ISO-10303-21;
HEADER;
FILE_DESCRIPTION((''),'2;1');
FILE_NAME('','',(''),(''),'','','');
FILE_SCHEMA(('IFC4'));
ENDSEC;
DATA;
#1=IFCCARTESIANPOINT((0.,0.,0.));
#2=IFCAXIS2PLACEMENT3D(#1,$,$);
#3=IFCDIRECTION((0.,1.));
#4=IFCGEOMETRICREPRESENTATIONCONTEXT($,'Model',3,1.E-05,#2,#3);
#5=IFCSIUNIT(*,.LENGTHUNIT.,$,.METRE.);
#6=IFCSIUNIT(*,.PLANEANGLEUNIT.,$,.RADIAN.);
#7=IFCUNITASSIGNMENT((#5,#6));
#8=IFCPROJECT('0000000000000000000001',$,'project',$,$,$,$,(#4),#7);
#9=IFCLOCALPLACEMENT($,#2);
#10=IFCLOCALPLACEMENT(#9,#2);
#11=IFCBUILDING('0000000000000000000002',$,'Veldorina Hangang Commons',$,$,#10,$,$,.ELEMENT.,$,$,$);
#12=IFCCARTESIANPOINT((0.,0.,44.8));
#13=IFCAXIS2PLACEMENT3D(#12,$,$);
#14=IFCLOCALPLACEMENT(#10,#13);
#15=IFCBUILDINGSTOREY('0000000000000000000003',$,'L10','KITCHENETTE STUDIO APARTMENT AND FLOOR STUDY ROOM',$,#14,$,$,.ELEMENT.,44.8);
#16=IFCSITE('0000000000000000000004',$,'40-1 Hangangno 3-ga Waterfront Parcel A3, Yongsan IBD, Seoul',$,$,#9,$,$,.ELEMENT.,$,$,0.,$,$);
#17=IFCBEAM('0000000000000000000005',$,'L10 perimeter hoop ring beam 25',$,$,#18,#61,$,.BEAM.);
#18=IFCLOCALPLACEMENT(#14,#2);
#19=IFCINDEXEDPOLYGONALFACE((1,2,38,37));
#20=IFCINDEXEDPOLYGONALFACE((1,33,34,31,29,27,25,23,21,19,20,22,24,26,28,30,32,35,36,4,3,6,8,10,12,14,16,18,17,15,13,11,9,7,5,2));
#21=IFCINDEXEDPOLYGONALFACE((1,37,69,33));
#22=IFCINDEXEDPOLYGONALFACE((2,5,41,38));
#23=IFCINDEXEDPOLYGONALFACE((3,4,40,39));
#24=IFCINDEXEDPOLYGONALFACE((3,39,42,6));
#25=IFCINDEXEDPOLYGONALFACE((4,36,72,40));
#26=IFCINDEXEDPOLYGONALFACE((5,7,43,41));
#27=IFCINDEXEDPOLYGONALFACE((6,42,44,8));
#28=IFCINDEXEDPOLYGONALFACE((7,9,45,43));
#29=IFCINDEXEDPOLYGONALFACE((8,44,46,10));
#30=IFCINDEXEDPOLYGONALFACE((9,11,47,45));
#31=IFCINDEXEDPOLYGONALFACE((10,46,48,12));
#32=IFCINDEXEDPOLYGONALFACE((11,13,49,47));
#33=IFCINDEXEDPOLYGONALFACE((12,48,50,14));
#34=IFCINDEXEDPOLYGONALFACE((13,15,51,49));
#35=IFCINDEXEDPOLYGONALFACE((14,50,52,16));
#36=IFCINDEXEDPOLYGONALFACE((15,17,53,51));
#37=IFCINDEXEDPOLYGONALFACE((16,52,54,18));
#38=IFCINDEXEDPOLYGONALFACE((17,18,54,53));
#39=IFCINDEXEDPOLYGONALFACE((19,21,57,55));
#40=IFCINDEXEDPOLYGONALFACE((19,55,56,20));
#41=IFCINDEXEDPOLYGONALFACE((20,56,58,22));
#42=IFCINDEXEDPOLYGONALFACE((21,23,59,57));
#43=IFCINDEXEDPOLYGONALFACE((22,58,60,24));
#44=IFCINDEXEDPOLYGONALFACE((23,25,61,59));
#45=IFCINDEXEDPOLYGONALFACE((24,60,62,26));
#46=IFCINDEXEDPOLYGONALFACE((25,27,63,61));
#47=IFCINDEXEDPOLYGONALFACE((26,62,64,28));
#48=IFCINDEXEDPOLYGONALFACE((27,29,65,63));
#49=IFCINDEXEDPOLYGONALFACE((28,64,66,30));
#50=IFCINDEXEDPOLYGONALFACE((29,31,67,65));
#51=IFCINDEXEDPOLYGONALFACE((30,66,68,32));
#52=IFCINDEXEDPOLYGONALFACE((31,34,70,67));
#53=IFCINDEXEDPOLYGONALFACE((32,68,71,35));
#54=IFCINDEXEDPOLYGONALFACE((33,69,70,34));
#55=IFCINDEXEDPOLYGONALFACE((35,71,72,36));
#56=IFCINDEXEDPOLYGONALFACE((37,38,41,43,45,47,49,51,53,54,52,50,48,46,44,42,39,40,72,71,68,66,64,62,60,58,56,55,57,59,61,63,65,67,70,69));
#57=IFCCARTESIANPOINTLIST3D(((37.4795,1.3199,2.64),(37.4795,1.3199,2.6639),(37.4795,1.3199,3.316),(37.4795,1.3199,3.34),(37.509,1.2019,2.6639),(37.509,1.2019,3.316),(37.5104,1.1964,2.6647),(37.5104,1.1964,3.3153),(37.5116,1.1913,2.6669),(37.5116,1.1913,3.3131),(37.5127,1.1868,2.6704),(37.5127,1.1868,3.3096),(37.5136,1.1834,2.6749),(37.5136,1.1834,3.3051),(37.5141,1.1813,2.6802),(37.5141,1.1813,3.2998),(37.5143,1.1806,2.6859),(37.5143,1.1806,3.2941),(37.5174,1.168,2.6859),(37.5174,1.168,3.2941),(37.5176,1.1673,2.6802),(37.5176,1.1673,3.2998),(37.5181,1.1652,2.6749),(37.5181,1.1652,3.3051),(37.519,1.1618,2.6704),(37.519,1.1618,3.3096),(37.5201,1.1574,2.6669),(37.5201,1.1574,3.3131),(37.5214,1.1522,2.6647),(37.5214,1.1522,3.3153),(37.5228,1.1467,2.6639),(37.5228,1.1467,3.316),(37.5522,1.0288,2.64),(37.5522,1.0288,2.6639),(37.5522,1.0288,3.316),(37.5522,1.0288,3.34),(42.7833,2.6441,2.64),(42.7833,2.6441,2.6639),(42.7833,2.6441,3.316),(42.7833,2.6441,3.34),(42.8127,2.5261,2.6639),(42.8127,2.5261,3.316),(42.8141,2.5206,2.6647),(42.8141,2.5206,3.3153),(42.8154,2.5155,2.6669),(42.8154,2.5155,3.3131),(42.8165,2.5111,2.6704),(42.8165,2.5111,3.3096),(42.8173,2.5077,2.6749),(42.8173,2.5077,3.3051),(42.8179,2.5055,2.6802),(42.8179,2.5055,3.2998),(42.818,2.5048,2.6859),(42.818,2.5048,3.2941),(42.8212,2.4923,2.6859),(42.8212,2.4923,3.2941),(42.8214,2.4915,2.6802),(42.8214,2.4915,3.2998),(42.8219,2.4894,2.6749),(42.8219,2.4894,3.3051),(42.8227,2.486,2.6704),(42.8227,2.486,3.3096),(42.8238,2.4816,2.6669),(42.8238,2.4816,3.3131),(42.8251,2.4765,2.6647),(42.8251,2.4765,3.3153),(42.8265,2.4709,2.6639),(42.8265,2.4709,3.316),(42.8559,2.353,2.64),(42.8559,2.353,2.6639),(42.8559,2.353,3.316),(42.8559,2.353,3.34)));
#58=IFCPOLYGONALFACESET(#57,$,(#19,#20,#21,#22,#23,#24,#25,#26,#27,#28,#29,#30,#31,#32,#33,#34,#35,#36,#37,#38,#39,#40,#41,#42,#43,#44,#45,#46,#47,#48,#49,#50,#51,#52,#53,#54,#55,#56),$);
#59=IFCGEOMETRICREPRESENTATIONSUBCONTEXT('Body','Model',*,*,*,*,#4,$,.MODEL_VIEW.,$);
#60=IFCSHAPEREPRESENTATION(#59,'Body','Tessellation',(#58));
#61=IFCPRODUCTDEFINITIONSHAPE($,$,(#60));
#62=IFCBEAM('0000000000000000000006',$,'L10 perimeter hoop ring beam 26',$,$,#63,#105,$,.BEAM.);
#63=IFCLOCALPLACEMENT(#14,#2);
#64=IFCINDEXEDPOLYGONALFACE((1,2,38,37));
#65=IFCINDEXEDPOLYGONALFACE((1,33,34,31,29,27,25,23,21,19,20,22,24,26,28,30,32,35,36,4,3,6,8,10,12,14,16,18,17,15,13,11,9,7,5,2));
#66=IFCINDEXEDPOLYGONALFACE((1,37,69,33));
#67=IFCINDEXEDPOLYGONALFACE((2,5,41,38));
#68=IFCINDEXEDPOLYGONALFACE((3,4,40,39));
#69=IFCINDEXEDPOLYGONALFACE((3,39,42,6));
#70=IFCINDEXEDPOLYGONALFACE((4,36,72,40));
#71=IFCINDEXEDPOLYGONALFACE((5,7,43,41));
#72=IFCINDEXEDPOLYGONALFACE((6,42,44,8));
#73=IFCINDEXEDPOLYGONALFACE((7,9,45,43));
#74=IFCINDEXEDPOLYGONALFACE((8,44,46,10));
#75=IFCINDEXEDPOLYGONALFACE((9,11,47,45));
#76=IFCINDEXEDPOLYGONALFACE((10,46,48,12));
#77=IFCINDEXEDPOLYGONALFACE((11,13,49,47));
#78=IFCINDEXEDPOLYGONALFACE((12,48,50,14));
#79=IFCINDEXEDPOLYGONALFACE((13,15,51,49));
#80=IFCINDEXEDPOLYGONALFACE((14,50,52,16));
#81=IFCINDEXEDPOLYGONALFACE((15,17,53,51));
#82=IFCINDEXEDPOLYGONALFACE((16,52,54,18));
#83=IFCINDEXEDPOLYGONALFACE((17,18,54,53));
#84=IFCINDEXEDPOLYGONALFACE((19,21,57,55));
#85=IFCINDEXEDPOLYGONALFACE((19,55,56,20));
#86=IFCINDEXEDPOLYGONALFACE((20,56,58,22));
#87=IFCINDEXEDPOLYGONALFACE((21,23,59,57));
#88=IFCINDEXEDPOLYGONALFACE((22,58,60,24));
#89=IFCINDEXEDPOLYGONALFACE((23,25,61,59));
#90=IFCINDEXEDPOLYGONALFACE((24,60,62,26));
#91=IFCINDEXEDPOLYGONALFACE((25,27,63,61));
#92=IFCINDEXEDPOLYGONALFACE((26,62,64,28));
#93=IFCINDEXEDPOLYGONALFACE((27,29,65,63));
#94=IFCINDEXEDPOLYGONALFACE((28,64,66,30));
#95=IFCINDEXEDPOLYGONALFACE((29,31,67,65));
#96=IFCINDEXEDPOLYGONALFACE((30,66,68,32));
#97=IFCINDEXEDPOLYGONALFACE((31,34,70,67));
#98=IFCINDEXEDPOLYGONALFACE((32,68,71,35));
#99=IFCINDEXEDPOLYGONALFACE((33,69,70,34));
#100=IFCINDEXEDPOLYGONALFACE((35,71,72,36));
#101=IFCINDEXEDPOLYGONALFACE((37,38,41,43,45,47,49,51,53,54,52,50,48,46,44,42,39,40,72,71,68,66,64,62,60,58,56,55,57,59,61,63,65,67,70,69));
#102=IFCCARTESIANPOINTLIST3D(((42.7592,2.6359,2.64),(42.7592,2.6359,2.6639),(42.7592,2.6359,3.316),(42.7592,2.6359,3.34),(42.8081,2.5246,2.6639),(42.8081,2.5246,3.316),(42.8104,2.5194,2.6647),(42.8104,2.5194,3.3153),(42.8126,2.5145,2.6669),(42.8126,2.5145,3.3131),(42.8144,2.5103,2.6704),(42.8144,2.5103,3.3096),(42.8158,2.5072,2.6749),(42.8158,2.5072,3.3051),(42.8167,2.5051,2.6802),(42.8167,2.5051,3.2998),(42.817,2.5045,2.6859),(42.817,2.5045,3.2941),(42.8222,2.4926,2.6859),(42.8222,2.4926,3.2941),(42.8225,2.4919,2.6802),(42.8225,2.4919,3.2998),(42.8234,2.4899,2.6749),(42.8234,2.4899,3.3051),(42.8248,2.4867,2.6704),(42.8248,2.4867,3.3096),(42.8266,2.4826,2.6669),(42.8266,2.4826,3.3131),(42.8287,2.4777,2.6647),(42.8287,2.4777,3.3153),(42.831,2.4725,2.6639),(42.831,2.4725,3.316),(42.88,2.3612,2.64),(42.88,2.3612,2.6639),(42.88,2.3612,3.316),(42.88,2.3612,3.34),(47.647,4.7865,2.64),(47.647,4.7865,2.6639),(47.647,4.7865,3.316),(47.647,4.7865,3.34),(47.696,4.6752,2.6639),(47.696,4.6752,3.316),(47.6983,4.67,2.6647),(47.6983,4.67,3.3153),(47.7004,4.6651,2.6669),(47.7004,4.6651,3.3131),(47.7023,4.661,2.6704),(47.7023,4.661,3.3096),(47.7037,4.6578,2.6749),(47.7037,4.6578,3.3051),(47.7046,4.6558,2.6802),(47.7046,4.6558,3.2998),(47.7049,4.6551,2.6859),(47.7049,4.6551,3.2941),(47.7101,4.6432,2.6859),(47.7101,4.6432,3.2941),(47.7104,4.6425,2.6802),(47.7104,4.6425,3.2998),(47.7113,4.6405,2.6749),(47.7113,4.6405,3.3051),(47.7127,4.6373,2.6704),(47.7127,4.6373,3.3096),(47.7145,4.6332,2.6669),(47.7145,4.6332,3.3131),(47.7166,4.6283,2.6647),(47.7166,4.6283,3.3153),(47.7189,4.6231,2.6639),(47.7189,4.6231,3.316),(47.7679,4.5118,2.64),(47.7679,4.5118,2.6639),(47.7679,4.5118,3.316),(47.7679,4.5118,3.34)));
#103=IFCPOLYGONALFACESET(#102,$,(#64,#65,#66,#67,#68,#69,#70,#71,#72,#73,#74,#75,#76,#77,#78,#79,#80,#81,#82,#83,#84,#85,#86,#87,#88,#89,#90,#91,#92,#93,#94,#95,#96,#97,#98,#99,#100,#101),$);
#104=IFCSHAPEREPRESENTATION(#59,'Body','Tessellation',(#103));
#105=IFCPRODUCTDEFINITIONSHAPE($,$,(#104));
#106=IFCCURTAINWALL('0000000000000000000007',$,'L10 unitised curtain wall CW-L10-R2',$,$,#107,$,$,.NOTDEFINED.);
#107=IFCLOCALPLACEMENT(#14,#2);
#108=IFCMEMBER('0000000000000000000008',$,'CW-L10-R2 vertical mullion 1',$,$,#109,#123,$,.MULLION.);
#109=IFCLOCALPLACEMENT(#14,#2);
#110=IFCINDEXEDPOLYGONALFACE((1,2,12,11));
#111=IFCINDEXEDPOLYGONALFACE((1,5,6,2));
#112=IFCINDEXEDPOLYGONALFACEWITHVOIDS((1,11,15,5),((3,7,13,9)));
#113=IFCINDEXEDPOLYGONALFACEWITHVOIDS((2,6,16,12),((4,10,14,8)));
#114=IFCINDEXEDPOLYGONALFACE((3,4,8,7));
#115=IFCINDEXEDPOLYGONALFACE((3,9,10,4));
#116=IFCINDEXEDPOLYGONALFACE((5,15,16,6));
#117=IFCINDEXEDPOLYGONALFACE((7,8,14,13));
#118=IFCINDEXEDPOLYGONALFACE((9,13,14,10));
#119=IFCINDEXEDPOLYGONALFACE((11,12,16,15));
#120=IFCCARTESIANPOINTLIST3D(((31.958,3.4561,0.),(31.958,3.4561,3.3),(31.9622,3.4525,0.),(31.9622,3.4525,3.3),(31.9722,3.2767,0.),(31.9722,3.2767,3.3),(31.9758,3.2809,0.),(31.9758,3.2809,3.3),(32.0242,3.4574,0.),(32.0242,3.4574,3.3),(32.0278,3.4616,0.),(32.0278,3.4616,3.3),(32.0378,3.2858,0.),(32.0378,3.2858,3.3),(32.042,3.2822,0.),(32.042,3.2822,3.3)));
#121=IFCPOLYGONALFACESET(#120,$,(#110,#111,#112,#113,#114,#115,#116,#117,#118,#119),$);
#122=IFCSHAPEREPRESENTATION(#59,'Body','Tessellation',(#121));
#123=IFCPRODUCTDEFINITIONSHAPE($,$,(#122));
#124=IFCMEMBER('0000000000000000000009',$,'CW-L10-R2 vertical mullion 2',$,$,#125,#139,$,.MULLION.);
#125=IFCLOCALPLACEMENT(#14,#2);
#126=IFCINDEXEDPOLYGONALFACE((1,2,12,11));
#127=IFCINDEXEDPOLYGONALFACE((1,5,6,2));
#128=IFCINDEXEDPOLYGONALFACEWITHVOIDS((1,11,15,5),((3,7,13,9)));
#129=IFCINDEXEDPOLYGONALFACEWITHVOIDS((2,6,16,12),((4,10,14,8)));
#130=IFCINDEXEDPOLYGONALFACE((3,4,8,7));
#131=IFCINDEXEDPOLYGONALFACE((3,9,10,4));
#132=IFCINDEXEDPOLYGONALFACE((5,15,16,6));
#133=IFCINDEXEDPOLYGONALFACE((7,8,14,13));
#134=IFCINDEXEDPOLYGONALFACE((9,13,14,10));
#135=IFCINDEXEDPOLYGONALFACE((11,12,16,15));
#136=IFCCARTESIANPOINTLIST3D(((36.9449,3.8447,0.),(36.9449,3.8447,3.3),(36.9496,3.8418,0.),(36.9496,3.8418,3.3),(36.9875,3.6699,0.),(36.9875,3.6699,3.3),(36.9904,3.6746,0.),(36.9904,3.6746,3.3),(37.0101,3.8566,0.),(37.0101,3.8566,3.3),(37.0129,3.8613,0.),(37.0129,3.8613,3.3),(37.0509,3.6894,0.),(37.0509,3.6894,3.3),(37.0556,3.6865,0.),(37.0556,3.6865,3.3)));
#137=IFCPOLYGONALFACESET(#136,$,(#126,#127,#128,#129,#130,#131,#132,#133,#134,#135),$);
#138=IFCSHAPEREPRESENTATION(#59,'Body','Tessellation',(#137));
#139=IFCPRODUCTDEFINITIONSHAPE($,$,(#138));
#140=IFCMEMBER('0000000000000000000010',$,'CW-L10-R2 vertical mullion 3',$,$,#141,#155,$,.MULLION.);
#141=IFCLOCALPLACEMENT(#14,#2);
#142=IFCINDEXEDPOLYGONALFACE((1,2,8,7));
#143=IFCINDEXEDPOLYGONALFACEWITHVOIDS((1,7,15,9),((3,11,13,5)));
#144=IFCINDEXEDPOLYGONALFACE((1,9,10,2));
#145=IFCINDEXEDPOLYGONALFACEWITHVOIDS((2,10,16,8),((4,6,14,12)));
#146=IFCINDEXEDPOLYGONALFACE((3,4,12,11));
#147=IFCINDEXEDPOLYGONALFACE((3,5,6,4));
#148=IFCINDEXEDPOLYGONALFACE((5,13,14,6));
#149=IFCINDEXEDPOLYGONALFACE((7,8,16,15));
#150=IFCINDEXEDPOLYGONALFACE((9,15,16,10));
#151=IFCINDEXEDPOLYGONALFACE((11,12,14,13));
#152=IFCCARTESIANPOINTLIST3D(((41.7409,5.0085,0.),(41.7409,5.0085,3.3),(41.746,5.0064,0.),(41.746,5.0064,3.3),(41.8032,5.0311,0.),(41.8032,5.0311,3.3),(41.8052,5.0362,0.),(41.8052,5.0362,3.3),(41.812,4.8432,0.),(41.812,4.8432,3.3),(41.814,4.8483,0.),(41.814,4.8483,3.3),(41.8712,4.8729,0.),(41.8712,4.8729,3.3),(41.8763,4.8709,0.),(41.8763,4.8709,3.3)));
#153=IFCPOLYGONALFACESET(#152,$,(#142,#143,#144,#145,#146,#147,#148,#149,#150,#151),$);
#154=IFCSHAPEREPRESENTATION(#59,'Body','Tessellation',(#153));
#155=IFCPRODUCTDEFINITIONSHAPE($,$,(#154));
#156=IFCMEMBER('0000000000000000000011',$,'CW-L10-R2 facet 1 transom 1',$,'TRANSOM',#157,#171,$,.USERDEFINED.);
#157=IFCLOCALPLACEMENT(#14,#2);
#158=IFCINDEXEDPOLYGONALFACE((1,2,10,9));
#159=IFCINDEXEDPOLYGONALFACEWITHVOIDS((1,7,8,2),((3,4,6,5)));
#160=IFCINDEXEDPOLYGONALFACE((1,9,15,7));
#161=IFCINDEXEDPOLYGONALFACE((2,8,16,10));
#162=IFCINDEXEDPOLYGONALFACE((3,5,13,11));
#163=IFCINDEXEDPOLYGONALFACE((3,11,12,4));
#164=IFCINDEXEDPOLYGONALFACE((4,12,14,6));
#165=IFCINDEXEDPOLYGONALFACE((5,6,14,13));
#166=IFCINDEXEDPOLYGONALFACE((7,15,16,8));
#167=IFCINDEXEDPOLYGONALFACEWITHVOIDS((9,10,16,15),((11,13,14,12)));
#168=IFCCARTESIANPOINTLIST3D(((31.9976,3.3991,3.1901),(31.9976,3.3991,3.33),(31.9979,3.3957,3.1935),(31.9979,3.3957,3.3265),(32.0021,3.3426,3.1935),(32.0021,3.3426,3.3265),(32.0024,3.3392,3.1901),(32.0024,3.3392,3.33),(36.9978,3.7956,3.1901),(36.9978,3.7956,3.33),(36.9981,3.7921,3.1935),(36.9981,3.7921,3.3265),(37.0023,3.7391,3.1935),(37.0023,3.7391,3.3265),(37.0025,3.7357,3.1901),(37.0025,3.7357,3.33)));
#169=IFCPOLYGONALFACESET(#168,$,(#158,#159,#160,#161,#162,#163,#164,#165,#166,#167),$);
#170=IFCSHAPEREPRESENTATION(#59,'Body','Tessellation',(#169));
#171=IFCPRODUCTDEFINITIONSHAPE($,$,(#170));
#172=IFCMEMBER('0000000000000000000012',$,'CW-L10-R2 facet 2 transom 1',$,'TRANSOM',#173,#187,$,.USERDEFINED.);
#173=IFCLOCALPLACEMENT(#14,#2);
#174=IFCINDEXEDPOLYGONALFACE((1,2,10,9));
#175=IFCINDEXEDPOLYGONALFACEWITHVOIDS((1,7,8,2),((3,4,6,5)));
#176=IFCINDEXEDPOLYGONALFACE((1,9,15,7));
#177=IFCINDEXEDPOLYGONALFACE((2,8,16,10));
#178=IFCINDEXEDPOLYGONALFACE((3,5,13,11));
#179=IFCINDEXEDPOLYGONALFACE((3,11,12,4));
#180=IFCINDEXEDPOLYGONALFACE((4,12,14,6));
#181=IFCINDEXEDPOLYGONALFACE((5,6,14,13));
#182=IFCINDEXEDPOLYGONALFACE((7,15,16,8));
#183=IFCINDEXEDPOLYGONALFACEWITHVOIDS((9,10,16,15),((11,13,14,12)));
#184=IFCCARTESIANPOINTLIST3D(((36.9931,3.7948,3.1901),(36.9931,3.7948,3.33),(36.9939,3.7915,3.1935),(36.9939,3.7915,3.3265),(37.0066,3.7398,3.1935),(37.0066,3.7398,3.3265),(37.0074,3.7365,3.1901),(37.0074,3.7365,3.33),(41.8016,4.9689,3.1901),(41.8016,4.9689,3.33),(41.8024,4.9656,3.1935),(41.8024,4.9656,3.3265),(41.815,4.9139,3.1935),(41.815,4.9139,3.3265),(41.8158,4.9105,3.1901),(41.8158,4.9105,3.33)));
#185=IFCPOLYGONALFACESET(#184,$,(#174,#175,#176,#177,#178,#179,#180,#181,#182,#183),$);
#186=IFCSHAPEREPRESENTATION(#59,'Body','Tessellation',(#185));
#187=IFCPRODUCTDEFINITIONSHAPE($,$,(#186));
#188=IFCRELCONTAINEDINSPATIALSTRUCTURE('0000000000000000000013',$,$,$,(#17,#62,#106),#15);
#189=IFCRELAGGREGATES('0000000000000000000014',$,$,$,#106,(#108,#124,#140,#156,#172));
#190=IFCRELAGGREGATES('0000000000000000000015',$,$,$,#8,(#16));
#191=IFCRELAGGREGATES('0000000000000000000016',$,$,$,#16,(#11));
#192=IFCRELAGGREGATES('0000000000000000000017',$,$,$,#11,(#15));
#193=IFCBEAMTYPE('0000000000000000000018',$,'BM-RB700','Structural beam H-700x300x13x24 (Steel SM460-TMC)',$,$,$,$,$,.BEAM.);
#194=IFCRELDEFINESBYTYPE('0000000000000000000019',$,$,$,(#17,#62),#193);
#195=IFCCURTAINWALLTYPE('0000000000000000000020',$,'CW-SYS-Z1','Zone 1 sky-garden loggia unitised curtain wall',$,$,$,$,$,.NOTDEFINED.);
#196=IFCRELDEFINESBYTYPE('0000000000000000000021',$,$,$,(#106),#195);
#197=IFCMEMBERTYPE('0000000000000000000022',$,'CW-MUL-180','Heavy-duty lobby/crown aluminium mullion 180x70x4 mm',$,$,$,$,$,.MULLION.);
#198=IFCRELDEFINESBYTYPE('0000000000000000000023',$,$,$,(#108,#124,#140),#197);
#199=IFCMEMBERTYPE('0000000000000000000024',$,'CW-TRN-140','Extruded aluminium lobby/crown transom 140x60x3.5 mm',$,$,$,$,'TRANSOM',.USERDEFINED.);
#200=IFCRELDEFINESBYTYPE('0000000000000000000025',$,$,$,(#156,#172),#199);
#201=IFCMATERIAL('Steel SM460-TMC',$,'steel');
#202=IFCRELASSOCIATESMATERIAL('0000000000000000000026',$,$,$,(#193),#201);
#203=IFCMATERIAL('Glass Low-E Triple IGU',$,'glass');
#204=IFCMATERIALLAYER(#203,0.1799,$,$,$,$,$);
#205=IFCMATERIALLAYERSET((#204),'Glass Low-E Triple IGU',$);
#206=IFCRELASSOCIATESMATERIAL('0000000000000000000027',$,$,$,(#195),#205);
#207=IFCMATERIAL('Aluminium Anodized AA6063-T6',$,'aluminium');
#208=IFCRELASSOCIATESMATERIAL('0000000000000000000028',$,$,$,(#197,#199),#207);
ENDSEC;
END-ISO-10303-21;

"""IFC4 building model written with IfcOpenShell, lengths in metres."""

from ifc_helpers import new_model, si_unit, direction, frame, origin, origin_2d, place, context, subcontext, project, spatial, hollow_rectangle, i_section, extrude, material, layer, layer_set, material_profile, profile_set, type_object, element, aggregate, save


model = new_model("IFC4")

# Units and contexts
model_context = context("Model", 3, precision=1e-05, world=origin(), true_north=direction((0.0, 1.0)))
body_context = subcontext(model_context, "Body", "Model", "MODEL_VIEW")
ifc_project = project(units=[si_unit("LENGTHUNIT", "METRE"), si_unit("PLANEANGLEUNIT", "RADIAN")], contexts=[model_context])

# Site, building, storey
site_placement = place(None, origin())
site = spatial("IfcSite", under=ifc_project, at=site_placement, Name="40-1 Hangangno 3-ga Waterfront Parcel A3, Yongsan IBD, Seoul", CompositionType="ELEMENT", RefElevation=0.0)
building_placement = place(site_placement, origin())
building = spatial("IfcBuilding", under=site, at=building_placement, Name="Veldorina Hangang Commons", CompositionType="ELEMENT")
storey_placement = place(building_placement, frame((0.0, 0.0, 44.8)))
storey = spatial("IfcBuildingStorey", under=building, at=storey_placement, Name="L10", Description="KITCHENETTE STUDIO APARTMENT AND FLOOR STUDY ROOM", CompositionType="ELEMENT", Elevation=44.8)

# Beams
ifc_material_1 = material(Name="Steel SM460-TMC", Category="steel")
ifc_material_profile_1 = material_profile(ifc_material_1, i_section(OverallWidth=0.3, OverallDepth=0.7, WebThickness=0.0129, FlangeThickness=0.0239, FilletRadius=0.022, at=origin_2d()), Name="H-700x300x13x24")
ifc_profile_set_1 = profile_set([ifc_material_profile_1], Name="Steel SM460-TMC")
beam_type = type_object("IfcBeamType", Name="BM-RB700", Description="Structural beam H-700x300x13x24 (Steel SM460-TMC)", PredefinedType="BEAM", material=ifc_profile_set_1)
beam_1_placement = place(storey_placement, frame((37.5159, 1.1743, 2.99), z_axis=(0.970216, 0.242241, 0.0), x_axis=(-0.242241, 0.970216, 0.0)))
element("IfcBeam", 1, at=beam_1_placement, inside=storey, type_object=beam_type, Name="L10 perimeter hoop ring beam 25", PredefinedType="BEAM", context=body_context, shape_type="SweptSolid", body=[
    extrude(i_section(OverallWidth=0.3, OverallDepth=0.7, WebThickness=0.0129, FlangeThickness=0.0239, FilletRadius=0.022, at=origin_2d()), origin(), (0.0, 0.0, 1.0), 5.4666),
])
beam_2_placement = place(storey_placement, frame((42.8196, 2.4985, 2.99), z_axis=(0.915319, 0.402729, 0.0), x_axis=(-0.402729, 0.915319, 0.0)))
element("IfcBeam", 2, at=beam_2_placement, inside=storey, type_object=beam_type, Name="L10 perimeter hoop ring beam 26", PredefinedType="BEAM", context=body_context, shape_type="SweptSolid", body=[
    extrude(i_section(OverallWidth=0.3, OverallDepth=0.7, WebThickness=0.0129, FlangeThickness=0.0239, FilletRadius=0.022, at=origin_2d()), origin(), (0.0, 0.0, 1.0), 5.3401),
])

# Curtain wall, members
ifc_material_2 = material(Name="Glass Low-E Triple IGU", Category="glass")
ifc_layer_1 = layer(ifc_material_2, 0.1799)
ifc_layer_set_1 = layer_set([ifc_layer_1], Name="Glass Low-E Triple IGU")
curtain_wall_type = type_object("IfcCurtainWallType", Name="CW-SYS-Z1", Description="Zone 1 sky-garden loggia unitised curtain wall", PredefinedType="NOTDEFINED", material=ifc_layer_set_1)
curtain_wall_placement = place(storey_placement, origin())
curtain_wall = element("IfcCurtainWall", 3, at=curtain_wall_placement, inside=storey, type_object=curtain_wall_type, Name="L10 unitised curtain wall CW-L10-R2", PredefinedType="NOTDEFINED")
ifc_material_3 = material(Name="Aluminium Anodized AA6063-T6", Category="aluminium")
ifc_material_profile_2 = material_profile(ifc_material_3, hollow_rectangle(XDim=0.0701, YDim=0.1799, WallThickness=0.0039, at=origin_2d()), Name="ALU-RHS-180x70x4")
ifc_profile_set_2 = profile_set([ifc_material_profile_2], Name="Aluminium Anodized AA6063-T6")
member_type_1 = type_object("IfcMemberType", Name="CW-MUL-180", Description="Heavy-duty lobby/crown aluminium mullion 180x70x4 mm", PredefinedType="MULLION", material=ifc_profile_set_2)
member_1_placement = place(storey_placement, frame((32.0, 3.3691, 0.0), z_axis=(0.0, 0.0, 1.0), x_axis=(0.996872, 0.079033, 0.0)))
member_1 = element("IfcMember", 4, at=member_1_placement, type_object=member_type_1, Name="CW-L10-R2 vertical mullion 1", PredefinedType="MULLION", context=body_context, shape_type="SweptSolid", body=[
    extrude(hollow_rectangle(XDim=0.0701, YDim=0.1799, WallThickness=0.0039, at=origin_2d()), origin(), (0.0, 0.0, 1.0), 3.3),
])
member_2_placement = place(storey_placement, frame((37.0002, 3.7656, 0.0), z_axis=(0.0, 0.0, 1.0), x_axis=(0.971462, 0.237194, 0.0)))
member_2 = element("IfcMember", 5, at=member_2_placement, type_object=member_type_1, Name="CW-L10-R2 vertical mullion 2", PredefinedType="MULLION", context=body_context, shape_type="SweptSolid", body=[
    extrude(hollow_rectangle(XDim=0.0701, YDim=0.1799, WallThickness=0.0039, at=origin_2d()), origin(), (0.0, 0.0, 1.0), 3.3),
])
member_3_placement = place(storey_placement, frame((41.8086, 4.9397, 0.0), z_axis=(0.0, 0.0, 1.0), x_axis=(0.918584, 0.395225, 0.0)))
member_3 = element("IfcMember", 6, at=member_3_placement, type_object=member_type_1, Name="CW-L10-R2 vertical mullion 3", PredefinedType="MULLION", context=body_context, shape_type="SweptSolid", body=[
    extrude(hollow_rectangle(XDim=0.0701, YDim=0.1799, WallThickness=0.0039, at=origin_2d()), origin(), (0.0, 0.0, 1.0), 3.3),
])
ifc_material_profile_3 = material_profile(ifc_material_3, hollow_rectangle(XDim=0.0601, YDim=0.1399, WallThickness=0.0034, at=origin_2d()), Name="ALU-RHS-140x60x3.5")
ifc_profile_set_3 = profile_set([ifc_material_profile_3], Name="Aluminium Anodized AA6063-T6")
member_type_2 = type_object("IfcMemberType", Name="CW-TRN-140", Description="Extruded aluminium lobby/crown transom 140x60x3.5 mm", ElementType="TRANSOM", PredefinedType="USERDEFINED", material=ifc_profile_set_3)
member_4_placement = place(storey_placement, frame((32.0, 3.3691, 3.26), z_axis=(0.996871, 0.079045, 0.0), x_axis=(-0.079045, 0.996871, 0.0)))
member_4 = element("IfcMember", 7, at=member_4_placement, type_object=member_type_2, Name="CW-L10-R2 facet 1 transom 1", ObjectType="TRANSOM", PredefinedType="USERDEFINED", context=body_context, shape_type="SweptSolid", body=[
    extrude(hollow_rectangle(XDim=0.0601, YDim=0.1399, WallThickness=0.0034, at=origin_2d()), origin(), (0.0, 0.0, 1.0), 5.0159),
])
member_5_placement = place(storey_placement, frame((37.0002, 3.7656, 3.26), z_axis=(0.97146, 0.237205, 0.0), x_axis=(-0.237205, 0.97146, 0.0)))
member_5 = element("IfcMember", 8, at=member_5_placement, type_object=member_type_2, Name="CW-L10-R2 facet 2 transom 1", ObjectType="TRANSOM", PredefinedType="USERDEFINED", context=body_context, shape_type="SweptSolid", body=[
    extrude(hollow_rectangle(XDim=0.0601, YDim=0.1399, WallThickness=0.0034, at=origin_2d()), origin(), (0.0, 0.0, 1.0), 4.9497),
])

aggregate(curtain_wall, [member_1, member_2, member_3, member_4, member_5])

save(model, "model.ifc")
